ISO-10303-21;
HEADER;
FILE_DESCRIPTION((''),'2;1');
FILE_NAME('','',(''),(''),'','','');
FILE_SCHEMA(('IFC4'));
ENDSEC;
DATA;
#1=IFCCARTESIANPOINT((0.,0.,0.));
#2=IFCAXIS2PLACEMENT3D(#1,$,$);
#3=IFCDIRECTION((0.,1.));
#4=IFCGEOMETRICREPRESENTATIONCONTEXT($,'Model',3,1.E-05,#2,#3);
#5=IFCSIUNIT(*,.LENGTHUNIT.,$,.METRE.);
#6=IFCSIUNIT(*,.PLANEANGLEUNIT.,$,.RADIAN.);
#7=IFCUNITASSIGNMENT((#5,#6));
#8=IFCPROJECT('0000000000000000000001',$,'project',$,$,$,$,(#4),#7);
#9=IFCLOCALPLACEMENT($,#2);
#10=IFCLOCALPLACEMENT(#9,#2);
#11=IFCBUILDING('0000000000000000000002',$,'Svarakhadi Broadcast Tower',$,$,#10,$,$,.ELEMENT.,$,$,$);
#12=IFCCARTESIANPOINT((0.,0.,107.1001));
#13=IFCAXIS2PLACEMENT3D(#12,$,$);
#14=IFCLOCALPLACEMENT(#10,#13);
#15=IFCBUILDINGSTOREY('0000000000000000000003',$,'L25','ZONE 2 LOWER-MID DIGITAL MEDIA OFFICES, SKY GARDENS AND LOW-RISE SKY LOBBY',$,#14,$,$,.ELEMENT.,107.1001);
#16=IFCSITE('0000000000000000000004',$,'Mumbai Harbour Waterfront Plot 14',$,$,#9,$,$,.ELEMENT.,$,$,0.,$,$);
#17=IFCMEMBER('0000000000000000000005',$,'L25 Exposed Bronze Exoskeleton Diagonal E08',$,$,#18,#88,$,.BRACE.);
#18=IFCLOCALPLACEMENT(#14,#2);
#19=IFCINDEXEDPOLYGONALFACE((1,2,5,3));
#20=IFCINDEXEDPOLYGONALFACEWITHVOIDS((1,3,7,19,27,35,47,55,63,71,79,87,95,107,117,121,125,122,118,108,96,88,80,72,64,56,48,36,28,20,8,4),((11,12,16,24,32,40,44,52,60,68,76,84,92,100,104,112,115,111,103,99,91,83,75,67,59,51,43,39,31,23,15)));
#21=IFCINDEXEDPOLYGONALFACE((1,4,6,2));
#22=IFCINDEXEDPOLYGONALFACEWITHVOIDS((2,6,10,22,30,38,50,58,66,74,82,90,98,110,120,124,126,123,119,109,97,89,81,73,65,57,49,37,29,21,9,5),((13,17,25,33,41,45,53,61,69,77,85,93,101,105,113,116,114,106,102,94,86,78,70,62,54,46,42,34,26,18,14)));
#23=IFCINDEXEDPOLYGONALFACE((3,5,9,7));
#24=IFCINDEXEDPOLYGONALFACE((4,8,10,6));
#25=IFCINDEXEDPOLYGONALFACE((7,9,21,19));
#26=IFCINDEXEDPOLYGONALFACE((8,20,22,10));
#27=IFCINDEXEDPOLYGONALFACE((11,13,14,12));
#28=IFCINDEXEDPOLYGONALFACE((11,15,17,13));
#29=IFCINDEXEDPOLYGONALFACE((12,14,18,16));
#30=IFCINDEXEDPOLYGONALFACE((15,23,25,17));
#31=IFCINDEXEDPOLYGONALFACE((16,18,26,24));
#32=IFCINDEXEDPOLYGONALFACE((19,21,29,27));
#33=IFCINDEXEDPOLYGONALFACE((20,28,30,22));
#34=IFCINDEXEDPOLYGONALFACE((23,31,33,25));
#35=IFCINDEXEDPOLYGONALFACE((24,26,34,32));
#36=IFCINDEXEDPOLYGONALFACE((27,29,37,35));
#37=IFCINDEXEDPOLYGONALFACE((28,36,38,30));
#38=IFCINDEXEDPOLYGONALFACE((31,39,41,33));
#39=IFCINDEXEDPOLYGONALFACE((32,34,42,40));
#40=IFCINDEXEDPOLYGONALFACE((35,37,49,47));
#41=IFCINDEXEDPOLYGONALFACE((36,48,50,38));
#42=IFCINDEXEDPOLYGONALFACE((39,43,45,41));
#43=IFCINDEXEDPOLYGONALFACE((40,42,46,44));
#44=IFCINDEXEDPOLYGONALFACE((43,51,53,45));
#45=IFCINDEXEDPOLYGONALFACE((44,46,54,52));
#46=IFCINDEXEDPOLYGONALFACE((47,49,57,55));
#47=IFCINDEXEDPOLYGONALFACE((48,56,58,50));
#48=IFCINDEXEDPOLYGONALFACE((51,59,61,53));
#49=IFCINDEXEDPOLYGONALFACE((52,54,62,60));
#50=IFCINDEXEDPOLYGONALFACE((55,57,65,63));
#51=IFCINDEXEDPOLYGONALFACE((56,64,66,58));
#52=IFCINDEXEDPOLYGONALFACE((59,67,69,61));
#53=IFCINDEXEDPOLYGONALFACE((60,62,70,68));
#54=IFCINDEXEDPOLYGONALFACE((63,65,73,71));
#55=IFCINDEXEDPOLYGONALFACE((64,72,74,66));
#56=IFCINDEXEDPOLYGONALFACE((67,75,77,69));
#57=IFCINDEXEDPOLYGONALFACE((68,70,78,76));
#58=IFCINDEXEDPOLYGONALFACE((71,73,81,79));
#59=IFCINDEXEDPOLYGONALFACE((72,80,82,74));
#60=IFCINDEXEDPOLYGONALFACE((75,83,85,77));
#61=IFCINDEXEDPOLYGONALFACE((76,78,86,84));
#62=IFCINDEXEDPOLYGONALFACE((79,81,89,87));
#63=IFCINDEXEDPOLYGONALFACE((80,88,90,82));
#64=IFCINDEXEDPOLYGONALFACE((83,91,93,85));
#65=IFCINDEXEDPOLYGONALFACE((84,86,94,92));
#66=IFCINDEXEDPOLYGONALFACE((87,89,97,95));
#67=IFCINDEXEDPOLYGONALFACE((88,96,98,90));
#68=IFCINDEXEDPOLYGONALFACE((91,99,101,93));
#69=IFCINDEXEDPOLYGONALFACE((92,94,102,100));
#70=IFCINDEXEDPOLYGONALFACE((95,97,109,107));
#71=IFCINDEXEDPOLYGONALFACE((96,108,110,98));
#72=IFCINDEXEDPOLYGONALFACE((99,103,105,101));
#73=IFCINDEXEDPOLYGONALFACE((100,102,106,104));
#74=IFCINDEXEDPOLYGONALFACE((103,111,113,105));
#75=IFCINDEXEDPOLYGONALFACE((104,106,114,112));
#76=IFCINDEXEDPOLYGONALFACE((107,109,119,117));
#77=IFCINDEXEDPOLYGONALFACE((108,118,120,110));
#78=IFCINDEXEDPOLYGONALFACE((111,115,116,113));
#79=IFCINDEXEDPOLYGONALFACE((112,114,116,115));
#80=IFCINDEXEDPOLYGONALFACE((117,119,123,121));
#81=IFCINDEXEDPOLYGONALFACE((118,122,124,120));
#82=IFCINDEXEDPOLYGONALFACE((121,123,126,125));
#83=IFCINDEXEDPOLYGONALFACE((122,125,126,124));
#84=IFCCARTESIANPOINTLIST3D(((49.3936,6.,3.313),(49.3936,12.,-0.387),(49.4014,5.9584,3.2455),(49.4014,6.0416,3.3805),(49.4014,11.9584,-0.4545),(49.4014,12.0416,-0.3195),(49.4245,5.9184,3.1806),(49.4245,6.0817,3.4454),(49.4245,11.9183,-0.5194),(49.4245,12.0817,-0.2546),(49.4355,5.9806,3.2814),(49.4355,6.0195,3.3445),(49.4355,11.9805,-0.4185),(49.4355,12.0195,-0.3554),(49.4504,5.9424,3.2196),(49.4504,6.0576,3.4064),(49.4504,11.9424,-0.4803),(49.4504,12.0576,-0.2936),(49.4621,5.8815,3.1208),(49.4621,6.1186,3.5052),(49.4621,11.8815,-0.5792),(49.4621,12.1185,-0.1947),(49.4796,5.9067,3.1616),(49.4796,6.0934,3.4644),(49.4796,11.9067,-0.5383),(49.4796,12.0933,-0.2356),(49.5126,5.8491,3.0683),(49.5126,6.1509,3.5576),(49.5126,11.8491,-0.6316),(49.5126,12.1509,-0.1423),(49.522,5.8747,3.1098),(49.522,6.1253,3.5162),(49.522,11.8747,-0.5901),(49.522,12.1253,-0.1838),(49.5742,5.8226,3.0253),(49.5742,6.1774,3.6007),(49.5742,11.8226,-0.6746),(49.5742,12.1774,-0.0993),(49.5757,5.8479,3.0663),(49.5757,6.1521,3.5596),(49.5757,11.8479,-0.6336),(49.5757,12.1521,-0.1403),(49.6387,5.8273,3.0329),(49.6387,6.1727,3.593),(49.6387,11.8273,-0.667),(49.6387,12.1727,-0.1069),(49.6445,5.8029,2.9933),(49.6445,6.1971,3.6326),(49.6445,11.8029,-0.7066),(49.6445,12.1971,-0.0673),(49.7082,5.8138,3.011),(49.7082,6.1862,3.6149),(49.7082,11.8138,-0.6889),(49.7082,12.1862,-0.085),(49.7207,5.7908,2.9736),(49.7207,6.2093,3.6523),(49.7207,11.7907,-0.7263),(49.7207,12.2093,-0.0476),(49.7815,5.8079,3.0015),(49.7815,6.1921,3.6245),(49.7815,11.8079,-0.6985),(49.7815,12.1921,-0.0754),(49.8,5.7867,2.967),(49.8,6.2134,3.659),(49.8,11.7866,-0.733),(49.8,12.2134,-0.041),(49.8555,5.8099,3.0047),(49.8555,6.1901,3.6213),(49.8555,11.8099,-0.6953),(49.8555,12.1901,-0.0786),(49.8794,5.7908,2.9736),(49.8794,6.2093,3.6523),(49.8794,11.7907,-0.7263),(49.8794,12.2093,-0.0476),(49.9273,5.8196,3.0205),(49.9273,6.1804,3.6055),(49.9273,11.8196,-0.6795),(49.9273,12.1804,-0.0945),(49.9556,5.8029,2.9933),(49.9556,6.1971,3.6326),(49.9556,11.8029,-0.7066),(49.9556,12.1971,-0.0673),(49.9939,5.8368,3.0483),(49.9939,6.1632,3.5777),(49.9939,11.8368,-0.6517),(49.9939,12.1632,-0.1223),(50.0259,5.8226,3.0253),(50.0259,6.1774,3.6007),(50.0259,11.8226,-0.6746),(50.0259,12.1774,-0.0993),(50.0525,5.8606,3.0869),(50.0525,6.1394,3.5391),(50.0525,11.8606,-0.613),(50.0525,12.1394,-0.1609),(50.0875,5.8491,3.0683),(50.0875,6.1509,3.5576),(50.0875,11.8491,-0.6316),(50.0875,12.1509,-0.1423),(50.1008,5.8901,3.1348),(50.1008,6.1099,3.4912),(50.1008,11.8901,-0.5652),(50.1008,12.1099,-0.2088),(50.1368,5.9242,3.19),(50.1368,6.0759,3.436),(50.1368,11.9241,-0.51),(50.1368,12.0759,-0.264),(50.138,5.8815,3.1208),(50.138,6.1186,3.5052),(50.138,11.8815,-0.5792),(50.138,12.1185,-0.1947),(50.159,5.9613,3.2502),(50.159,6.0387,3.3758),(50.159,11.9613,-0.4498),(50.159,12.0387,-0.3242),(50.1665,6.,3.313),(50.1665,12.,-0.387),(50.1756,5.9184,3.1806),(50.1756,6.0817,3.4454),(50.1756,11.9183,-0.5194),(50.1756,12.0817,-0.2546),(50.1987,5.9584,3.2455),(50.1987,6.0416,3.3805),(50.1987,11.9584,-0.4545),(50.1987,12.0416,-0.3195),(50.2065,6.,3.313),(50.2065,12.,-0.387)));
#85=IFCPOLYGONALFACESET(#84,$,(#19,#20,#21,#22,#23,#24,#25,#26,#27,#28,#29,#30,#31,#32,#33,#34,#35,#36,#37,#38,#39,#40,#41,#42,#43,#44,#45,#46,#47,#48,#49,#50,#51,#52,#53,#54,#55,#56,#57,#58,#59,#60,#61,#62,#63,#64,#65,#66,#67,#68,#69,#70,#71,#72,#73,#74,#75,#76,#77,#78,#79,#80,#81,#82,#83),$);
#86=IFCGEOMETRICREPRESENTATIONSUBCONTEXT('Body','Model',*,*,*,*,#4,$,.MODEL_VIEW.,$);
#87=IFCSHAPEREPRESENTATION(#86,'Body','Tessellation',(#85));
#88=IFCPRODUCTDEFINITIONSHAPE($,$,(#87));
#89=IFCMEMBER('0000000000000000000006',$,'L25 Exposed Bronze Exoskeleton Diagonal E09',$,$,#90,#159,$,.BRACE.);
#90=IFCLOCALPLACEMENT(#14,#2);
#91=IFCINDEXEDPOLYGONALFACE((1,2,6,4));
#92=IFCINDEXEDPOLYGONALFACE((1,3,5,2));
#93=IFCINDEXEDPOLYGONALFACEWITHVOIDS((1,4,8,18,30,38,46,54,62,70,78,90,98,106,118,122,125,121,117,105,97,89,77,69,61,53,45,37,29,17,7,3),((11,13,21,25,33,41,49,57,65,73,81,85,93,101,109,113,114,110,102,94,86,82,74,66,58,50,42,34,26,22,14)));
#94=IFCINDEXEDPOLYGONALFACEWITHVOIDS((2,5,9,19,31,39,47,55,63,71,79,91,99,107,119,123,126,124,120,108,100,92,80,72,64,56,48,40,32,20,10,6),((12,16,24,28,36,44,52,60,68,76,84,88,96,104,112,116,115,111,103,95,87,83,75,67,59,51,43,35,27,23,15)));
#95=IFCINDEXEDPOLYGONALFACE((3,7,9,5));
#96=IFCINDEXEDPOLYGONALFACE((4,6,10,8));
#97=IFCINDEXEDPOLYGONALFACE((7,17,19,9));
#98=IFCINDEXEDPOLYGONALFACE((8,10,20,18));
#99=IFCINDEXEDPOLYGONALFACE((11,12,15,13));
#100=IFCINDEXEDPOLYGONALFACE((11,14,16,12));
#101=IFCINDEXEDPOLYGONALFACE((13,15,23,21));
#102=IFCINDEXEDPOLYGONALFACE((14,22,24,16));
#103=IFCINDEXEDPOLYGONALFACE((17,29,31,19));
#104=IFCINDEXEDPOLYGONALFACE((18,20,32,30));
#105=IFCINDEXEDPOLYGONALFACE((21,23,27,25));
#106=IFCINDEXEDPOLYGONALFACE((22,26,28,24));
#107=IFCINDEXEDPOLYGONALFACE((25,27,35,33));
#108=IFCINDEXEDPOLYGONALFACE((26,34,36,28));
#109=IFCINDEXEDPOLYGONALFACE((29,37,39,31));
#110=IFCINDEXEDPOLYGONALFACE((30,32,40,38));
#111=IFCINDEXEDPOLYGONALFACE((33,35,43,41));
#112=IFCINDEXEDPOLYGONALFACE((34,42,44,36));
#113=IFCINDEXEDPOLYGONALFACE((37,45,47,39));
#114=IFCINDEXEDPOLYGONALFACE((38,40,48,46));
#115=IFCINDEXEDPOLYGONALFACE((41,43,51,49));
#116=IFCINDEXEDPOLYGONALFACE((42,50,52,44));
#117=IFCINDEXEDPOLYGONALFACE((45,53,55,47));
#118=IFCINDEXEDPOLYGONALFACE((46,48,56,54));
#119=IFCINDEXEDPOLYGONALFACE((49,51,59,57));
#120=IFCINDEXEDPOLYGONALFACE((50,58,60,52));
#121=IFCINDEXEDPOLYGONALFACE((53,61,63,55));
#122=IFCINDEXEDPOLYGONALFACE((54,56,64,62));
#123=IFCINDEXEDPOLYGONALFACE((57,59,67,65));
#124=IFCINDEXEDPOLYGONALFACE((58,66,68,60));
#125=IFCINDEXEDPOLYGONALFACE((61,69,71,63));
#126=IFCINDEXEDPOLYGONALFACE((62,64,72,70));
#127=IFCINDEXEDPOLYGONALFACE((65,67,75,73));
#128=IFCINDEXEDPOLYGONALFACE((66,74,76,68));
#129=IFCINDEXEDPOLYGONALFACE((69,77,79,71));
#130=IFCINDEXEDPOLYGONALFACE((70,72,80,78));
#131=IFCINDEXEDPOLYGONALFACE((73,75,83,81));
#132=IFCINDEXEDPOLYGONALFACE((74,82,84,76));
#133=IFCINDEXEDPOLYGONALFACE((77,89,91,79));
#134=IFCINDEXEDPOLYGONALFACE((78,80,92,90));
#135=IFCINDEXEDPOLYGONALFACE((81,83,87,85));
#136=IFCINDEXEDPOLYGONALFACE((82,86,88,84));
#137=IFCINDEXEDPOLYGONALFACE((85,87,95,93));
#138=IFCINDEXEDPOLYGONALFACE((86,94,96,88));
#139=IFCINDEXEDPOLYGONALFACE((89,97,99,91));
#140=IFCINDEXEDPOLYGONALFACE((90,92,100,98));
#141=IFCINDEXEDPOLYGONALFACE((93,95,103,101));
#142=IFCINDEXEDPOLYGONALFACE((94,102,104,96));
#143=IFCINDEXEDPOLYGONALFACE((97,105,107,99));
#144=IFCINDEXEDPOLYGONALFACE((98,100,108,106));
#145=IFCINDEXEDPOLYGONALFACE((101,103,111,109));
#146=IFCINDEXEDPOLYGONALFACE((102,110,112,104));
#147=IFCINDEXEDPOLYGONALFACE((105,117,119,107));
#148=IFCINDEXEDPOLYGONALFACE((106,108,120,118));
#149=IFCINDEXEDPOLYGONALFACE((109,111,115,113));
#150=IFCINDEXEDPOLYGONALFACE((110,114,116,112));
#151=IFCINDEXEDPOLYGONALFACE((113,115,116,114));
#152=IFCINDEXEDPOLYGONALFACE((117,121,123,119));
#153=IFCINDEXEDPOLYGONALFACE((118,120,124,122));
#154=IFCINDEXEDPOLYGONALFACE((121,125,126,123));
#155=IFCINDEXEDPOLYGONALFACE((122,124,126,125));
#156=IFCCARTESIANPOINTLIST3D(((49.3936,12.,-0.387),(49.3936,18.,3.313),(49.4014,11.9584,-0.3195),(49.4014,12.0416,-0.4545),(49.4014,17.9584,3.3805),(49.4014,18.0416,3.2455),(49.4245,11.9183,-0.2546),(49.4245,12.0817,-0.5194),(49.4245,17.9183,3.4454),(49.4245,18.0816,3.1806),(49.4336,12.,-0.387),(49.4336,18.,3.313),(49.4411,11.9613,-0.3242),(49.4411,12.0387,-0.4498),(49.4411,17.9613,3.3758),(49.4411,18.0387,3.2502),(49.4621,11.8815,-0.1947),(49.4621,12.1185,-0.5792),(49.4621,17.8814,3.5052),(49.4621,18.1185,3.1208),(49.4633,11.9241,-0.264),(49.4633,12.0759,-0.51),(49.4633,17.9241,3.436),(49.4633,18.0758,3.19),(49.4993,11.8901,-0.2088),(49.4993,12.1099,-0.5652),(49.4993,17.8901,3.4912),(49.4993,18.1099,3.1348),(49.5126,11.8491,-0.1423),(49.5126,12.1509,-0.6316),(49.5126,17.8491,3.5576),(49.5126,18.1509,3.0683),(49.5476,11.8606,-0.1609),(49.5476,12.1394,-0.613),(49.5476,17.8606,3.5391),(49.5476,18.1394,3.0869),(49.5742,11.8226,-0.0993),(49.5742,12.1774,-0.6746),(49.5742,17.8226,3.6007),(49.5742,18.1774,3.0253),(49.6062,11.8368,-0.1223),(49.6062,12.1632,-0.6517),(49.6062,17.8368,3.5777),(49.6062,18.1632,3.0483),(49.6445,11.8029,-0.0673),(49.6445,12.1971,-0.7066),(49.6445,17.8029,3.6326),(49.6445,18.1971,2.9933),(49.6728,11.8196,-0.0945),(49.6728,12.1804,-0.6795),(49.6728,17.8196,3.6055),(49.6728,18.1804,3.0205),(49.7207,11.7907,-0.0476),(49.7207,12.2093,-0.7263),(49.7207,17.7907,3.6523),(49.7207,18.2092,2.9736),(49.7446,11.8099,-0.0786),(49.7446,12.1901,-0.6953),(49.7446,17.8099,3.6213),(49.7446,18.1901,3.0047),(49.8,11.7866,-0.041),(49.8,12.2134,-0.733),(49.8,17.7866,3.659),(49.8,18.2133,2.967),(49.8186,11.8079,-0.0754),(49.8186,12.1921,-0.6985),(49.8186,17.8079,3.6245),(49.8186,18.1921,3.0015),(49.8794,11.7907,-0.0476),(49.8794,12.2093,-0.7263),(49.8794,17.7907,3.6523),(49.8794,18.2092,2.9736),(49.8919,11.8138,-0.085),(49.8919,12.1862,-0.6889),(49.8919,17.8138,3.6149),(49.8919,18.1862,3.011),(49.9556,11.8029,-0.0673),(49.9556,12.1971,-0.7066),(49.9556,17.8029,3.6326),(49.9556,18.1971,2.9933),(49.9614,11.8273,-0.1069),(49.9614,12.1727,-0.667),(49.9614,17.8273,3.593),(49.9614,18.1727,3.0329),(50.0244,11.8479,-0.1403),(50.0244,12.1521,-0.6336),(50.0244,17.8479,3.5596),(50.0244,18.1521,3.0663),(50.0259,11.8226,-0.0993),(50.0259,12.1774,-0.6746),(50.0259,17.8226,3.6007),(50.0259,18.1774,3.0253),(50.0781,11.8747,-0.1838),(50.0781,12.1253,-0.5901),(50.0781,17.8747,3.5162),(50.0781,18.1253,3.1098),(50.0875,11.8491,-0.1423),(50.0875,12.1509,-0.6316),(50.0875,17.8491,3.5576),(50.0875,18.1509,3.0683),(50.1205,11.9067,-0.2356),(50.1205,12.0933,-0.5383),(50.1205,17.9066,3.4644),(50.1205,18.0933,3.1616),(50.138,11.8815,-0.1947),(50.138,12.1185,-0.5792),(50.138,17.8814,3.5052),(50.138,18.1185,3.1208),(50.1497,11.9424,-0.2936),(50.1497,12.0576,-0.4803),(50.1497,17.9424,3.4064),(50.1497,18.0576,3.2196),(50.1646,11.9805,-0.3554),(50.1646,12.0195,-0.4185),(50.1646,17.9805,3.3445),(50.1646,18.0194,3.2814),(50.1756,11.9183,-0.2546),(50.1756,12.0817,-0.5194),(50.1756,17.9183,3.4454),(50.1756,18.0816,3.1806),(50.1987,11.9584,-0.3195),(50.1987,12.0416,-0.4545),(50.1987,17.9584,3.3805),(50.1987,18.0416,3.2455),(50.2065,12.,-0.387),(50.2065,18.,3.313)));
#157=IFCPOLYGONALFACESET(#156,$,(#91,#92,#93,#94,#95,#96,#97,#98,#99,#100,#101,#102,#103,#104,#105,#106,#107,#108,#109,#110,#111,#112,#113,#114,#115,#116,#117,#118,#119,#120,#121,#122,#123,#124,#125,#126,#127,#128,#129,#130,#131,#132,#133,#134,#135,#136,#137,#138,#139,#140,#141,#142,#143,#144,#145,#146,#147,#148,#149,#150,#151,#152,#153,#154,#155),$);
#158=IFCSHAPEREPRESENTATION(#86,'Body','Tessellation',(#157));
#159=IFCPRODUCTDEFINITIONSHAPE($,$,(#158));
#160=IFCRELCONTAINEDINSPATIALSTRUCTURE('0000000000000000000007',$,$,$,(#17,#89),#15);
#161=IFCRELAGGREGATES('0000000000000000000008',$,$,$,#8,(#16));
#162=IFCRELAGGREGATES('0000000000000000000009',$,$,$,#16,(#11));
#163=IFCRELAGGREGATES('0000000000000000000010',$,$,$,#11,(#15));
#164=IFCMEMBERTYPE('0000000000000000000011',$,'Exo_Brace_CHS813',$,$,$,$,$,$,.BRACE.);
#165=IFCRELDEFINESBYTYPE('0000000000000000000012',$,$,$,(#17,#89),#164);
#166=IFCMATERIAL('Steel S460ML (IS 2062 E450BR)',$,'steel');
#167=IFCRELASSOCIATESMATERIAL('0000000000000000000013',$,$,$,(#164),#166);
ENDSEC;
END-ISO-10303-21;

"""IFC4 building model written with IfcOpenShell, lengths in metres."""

from ifc_helpers import new_model, si_unit, direction, frame, origin, origin_2d, place, context, subcontext, project, spatial, hollow_circle, extrude, material, material_profile, profile_set, type_object, element, save


model = new_model("IFC4")

# Units and contexts
model_context = context("Model", 3, precision=1e-05, world=origin(), true_north=direction((0.0, 1.0)))
body_context = subcontext(model_context, "Body", "Model", "MODEL_VIEW")
ifc_project = project(units=[si_unit("LENGTHUNIT", "METRE"), si_unit("PLANEANGLEUNIT", "RADIAN")], contexts=[model_context])

# Site, building, storey
site_placement = place(None, origin())
site = spatial("IfcSite", under=ifc_project, at=site_placement, Name="Mumbai Harbour Waterfront Plot 14", CompositionType="ELEMENT", RefElevation=0.0)
building_placement = place(site_placement, origin())
building = spatial("IfcBuilding", under=site, at=building_placement, Name="Svarakhadi Broadcast Tower", CompositionType="ELEMENT")
storey_placement = place(building_placement, frame((0.0, 0.0, 107.1001)))
storey = spatial("IfcBuildingStorey", under=building, at=storey_placement, Name="L25", Description="ZONE 2 LOWER-MID DIGITAL MEDIA OFFICES, SKY GARDENS AND LOW-RISE SKY LOBBY", CompositionType="ELEMENT", Elevation=107.1001)

# Shared definitions
ifc_material_1 = material(Name="Steel S460ML (IS 2062 E450BR)", Category="steel")

# Members
ifc_material_profile_1 = material_profile(ifc_material_1, hollow_circle(Radius=0.4065, WallThickness=0.04, at=origin_2d()), Name="CHS 813x40")
ifc_profile_set_1 = profile_set([ifc_material_profile_1], Name="Steel S460ML (IS 2062 E450BR)")
member_type_1 = type_object("IfcMemberType", Name="Exo_Brace_CHS813", PredefinedType="BRACE", material=ifc_profile_set_1)
for number, where, z_axis, x_axis, name in (
    (1, (49.8, 12.0, -0.387), (0.0, -0.851174, 0.524884), (1.0, 0.0, 0.0), "L25 Exposed Bronze Exoskeleton Diagonal E08"),
    (2, (49.8, 12.0, -0.387), (0.0, 0.851174, 0.524884), (-1.0, 0.0, 0.0), "L25 Exposed Bronze Exoskeleton Diagonal E09"),
):
    element("IfcMember", number, at=place(storey_placement, frame(where, z_axis=z_axis, x_axis=x_axis)), inside=storey, type_object=member_type_1, Name=name, PredefinedType="BRACE", context=body_context, shape_type="SweptSolid", body=[
        extrude(hollow_circle(Radius=0.4065, WallThickness=0.04, at=origin_2d()), origin(), (0.0, 0.0, 1.0), 7.0491),
    ])

save(model, "model.ifc")
